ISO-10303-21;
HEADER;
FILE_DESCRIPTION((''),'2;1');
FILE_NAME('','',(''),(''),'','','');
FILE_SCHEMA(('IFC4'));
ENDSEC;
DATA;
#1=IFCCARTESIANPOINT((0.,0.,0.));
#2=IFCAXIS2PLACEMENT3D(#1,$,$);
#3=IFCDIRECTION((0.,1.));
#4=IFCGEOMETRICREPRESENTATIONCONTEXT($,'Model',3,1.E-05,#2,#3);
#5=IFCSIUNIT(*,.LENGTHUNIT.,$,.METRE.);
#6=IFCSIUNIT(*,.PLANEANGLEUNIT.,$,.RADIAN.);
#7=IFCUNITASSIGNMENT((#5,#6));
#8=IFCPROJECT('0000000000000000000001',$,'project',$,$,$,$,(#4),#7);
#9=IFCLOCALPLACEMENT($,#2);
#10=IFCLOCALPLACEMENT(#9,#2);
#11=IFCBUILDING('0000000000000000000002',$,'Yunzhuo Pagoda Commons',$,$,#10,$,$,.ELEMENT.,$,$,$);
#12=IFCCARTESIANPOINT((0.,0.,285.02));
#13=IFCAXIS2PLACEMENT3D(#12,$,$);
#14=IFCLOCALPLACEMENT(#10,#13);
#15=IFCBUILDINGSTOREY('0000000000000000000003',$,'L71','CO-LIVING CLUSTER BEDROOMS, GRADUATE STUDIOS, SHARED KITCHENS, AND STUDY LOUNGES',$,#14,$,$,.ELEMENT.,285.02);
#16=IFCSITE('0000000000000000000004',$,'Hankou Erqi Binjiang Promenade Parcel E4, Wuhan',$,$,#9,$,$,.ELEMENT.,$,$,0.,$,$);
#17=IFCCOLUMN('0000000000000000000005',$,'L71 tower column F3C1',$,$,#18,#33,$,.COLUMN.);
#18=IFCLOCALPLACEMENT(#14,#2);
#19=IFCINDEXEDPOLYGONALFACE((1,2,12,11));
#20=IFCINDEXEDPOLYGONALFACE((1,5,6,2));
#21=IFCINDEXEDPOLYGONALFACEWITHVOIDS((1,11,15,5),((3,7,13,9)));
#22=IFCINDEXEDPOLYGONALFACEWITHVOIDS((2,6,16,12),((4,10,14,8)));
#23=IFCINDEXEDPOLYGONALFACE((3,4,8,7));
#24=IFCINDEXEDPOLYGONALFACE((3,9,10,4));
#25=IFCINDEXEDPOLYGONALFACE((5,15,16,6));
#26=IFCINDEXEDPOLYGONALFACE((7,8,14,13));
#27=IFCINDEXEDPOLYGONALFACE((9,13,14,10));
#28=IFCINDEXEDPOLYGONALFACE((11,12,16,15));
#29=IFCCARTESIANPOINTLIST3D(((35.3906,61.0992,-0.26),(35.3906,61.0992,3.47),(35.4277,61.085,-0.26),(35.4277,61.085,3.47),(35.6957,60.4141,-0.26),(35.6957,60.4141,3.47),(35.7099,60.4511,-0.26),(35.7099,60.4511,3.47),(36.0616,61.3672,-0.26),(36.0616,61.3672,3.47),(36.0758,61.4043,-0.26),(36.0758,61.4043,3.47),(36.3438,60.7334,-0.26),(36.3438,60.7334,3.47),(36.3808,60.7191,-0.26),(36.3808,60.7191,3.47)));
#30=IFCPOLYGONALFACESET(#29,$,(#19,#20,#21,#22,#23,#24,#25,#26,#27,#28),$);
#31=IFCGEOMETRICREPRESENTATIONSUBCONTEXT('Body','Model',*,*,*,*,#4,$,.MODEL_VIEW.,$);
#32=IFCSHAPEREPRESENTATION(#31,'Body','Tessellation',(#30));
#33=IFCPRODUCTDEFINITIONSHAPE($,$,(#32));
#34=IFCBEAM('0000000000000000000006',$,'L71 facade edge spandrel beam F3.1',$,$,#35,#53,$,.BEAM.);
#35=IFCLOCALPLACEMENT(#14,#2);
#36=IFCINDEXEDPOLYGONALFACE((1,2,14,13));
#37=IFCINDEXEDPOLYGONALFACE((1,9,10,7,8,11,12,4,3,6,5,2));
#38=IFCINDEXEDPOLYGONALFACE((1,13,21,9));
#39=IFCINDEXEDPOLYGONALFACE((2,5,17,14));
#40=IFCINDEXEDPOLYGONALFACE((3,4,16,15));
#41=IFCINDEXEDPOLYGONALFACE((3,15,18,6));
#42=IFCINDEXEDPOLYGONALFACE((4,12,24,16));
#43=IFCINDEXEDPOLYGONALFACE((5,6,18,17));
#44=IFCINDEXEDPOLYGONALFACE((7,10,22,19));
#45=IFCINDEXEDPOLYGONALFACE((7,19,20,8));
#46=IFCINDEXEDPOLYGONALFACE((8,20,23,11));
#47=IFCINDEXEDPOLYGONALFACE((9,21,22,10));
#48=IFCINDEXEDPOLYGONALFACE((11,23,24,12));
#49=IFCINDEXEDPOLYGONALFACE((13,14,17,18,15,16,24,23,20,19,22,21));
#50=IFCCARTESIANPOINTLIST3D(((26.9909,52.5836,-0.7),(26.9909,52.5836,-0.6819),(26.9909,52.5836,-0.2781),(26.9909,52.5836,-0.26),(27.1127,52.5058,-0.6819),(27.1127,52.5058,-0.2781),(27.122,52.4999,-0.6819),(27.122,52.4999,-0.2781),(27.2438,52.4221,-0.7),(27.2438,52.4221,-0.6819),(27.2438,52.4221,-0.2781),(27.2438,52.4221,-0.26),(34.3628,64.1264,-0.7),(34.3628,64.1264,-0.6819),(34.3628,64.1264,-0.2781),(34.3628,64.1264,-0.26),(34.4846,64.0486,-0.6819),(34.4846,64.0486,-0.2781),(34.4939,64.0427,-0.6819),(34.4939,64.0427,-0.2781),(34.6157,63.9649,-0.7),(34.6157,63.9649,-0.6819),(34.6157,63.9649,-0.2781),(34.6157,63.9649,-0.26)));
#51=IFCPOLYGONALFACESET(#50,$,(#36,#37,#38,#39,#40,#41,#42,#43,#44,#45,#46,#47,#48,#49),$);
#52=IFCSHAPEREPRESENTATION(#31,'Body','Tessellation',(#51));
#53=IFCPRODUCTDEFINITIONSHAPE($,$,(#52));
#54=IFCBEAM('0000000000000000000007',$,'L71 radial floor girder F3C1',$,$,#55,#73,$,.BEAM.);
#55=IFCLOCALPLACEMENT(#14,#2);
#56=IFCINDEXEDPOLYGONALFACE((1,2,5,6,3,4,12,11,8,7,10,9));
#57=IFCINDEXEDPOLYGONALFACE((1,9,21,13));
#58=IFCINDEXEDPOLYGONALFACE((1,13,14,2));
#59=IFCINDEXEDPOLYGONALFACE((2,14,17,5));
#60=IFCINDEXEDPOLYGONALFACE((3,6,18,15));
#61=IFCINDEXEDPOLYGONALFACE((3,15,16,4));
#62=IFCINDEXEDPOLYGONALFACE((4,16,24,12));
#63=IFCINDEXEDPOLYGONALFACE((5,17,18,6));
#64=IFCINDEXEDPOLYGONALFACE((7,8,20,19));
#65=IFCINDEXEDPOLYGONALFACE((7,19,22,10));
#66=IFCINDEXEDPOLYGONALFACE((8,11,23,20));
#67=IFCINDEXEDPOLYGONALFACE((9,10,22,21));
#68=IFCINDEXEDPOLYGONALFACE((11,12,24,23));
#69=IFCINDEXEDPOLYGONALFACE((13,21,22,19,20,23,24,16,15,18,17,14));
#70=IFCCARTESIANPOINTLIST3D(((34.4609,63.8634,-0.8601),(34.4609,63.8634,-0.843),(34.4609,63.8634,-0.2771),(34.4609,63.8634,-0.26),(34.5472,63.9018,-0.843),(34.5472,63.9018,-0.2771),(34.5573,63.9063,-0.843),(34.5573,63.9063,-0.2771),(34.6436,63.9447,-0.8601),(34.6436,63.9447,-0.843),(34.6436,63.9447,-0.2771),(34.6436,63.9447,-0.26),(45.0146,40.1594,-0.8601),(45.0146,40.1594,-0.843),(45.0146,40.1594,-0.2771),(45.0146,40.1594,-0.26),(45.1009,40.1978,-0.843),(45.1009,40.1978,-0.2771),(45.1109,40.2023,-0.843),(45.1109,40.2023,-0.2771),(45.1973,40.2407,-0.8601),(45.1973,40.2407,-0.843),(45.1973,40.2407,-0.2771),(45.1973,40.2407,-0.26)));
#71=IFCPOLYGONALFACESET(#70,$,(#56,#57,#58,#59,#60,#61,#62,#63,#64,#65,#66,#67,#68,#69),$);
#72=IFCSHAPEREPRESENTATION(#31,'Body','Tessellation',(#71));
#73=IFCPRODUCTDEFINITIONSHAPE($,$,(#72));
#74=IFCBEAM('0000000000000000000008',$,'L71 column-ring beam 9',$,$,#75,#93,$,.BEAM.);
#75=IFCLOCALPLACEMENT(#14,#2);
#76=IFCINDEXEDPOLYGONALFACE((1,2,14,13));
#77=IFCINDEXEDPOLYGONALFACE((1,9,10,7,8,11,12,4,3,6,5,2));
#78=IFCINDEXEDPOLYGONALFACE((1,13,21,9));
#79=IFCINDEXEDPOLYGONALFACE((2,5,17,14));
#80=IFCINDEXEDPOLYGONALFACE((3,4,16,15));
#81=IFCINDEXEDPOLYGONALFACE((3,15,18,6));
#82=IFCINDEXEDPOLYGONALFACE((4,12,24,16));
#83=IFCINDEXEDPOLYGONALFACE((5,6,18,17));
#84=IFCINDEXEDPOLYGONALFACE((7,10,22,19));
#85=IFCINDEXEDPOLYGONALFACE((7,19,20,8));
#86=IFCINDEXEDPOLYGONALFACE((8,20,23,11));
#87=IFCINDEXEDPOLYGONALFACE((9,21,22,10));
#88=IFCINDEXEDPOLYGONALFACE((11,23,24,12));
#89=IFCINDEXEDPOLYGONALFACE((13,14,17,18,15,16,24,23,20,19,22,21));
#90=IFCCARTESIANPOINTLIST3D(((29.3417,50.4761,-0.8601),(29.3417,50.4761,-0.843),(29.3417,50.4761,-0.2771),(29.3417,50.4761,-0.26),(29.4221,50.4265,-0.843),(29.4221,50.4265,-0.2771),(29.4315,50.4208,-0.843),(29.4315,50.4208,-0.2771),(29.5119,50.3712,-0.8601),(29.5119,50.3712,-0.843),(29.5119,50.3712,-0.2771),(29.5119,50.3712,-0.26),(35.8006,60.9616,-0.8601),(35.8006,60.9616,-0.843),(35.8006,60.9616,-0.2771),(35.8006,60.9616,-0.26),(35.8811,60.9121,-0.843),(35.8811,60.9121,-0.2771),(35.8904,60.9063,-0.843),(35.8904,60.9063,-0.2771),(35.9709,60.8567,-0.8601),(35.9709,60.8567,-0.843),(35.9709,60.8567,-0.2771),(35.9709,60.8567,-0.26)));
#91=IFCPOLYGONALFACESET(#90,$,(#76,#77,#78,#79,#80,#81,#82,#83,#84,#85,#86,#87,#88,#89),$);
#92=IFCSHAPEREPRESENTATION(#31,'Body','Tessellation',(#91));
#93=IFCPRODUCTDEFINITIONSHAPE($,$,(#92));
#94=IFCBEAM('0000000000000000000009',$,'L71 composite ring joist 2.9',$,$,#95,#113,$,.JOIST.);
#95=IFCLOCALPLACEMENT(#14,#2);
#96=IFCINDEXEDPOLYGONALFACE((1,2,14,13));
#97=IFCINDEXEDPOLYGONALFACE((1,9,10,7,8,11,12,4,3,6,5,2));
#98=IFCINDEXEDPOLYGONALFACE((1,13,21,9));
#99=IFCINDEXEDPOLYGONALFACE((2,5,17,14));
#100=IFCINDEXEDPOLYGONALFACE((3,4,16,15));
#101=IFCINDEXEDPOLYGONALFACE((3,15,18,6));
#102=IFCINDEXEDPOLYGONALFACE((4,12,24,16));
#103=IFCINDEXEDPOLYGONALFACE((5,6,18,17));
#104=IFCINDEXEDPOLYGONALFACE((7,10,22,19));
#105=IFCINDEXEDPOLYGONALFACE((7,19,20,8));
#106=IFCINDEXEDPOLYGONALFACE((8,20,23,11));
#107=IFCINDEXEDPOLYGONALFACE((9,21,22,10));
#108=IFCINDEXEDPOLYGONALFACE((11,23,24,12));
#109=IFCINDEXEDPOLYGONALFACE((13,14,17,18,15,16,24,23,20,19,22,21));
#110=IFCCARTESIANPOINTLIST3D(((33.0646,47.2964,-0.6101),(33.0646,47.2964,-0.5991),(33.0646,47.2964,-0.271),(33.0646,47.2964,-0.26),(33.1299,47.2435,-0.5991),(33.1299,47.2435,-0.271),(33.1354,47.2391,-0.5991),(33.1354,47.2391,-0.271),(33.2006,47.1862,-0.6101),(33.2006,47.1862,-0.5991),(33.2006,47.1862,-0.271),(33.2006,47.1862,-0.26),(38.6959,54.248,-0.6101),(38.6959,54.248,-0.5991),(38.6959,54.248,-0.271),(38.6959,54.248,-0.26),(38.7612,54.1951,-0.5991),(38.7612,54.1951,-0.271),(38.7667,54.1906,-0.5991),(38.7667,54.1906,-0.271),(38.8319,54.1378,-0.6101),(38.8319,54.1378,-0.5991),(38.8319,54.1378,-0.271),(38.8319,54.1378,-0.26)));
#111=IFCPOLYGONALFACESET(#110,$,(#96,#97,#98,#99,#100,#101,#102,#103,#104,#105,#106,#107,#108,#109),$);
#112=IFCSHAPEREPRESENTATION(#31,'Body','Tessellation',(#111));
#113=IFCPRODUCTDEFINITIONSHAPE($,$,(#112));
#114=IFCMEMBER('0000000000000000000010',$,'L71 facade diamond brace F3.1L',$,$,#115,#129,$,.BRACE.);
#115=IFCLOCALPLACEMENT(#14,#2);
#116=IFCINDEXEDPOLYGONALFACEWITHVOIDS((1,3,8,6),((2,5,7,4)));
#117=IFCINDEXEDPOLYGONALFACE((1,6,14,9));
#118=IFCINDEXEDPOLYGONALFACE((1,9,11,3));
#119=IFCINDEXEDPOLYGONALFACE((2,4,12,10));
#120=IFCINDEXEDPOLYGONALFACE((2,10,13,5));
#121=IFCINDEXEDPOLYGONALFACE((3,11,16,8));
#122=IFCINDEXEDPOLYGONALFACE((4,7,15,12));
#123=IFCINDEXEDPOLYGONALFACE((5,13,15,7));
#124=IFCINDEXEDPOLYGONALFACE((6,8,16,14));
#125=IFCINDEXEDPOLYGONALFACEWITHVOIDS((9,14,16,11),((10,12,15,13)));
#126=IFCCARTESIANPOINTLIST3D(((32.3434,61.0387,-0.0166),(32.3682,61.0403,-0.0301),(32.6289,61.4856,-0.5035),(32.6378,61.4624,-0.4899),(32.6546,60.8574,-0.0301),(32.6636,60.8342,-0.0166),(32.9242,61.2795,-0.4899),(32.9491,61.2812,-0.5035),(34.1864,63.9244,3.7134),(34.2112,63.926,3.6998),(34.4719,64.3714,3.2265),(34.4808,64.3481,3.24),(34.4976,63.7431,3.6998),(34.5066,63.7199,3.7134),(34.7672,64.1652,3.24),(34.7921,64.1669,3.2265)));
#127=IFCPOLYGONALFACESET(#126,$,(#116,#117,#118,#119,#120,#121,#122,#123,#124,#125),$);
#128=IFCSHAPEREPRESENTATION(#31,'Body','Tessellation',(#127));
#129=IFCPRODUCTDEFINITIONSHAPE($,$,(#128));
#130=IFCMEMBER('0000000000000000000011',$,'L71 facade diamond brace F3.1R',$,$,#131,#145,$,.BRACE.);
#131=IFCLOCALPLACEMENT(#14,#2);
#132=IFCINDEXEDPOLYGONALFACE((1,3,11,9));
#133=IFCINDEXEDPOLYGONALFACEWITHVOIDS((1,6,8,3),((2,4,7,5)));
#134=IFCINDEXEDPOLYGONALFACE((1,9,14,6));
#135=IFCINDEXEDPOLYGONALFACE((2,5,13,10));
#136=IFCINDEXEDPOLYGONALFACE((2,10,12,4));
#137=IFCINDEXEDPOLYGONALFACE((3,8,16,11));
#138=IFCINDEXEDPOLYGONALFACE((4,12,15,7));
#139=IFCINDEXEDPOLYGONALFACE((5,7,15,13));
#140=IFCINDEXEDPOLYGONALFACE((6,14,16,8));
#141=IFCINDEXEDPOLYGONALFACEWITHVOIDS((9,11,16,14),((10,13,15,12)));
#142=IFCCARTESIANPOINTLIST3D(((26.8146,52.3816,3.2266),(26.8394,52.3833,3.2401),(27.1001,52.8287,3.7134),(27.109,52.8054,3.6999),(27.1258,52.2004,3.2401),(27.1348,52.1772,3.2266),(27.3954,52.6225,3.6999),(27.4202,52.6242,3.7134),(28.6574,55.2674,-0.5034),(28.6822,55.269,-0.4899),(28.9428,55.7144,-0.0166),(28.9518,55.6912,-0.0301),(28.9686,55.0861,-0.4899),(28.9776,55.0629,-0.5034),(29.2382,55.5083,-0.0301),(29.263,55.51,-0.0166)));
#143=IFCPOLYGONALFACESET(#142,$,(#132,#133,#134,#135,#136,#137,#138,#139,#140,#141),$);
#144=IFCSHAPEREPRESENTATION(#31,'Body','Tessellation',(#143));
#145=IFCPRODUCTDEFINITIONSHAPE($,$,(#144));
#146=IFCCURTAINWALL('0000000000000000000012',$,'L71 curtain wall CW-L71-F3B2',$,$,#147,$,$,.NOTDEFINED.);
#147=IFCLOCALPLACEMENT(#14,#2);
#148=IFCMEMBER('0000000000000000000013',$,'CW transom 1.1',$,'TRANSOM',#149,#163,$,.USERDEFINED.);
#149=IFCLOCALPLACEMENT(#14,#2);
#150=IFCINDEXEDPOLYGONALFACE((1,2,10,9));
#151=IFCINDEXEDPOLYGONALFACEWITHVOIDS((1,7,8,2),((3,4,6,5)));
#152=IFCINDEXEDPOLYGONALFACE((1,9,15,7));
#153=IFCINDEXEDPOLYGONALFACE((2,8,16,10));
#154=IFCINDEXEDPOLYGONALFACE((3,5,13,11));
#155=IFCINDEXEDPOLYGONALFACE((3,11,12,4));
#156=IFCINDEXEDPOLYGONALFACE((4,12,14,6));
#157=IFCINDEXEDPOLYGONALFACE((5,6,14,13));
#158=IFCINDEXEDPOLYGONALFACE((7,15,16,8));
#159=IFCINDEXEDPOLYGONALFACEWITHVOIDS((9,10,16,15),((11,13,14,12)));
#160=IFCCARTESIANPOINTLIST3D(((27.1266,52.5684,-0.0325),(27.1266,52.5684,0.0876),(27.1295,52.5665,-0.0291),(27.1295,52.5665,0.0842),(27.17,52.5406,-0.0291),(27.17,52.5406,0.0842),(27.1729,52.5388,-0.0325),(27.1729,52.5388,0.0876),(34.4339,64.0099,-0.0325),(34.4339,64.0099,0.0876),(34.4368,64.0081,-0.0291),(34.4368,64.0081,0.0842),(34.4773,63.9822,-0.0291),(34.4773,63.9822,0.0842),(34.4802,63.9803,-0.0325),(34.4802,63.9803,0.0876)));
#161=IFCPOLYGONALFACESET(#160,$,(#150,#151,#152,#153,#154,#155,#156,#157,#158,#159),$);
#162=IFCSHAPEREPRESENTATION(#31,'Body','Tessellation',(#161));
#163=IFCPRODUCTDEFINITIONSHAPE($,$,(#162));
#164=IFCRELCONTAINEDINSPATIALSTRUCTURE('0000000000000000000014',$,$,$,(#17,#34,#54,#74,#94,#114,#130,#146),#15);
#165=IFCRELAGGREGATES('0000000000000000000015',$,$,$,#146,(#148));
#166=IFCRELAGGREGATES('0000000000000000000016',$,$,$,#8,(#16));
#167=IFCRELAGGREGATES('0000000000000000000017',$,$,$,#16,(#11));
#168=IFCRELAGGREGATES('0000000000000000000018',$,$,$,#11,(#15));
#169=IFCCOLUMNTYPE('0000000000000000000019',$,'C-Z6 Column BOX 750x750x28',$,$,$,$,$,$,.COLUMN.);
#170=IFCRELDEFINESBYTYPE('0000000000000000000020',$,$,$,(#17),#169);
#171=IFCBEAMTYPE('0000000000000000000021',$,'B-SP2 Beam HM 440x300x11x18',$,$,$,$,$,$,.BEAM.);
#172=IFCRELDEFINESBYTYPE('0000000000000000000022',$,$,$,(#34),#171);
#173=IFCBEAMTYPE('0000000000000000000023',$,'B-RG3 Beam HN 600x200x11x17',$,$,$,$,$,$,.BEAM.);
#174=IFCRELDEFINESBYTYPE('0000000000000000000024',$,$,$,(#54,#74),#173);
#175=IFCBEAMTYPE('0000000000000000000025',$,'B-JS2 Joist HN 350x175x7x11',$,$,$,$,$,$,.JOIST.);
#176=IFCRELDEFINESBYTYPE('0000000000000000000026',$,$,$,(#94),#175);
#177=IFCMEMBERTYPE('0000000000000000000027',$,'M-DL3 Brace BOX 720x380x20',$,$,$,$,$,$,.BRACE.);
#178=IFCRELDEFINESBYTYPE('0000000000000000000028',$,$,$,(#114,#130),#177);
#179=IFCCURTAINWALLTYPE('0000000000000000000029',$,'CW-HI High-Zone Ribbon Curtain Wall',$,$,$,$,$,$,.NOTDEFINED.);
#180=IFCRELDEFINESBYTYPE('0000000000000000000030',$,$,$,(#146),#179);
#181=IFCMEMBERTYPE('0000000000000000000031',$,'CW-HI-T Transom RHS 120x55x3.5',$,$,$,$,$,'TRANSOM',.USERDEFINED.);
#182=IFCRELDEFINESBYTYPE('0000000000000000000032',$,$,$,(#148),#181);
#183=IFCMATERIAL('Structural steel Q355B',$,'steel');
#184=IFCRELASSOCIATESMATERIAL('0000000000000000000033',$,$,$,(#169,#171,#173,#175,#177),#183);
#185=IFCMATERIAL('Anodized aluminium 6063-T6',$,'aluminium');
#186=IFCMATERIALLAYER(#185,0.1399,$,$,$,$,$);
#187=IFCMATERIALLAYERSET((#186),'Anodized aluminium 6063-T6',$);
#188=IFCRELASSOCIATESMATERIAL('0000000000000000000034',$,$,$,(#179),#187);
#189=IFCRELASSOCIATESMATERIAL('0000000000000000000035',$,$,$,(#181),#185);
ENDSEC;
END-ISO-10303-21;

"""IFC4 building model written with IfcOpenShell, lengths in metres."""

from ifc_helpers import new_model, si_unit, direction, frame, origin, origin_2d, place, context, subcontext, project, spatial, hollow_rectangle, i_section, extrude, source, transform, mapped, material, layer, layer_set, material_profile, profile_set, type_object, element, aggregate, save


model = new_model("IFC4")

# Units and contexts
model_context = context("Model", 3, precision=1e-05, world=origin(), true_north=direction((0.0, 1.0)))
body_context = subcontext(model_context, "Body", "Model", "MODEL_VIEW")
ifc_project = project(units=[si_unit("LENGTHUNIT", "METRE"), si_unit("PLANEANGLEUNIT", "RADIAN")], contexts=[model_context])

# Site, building, storey
site_placement = place(None, origin())
site = spatial("IfcSite", under=ifc_project, at=site_placement, Name="Hankou Erqi Binjiang Promenade Parcel E4, Wuhan", CompositionType="ELEMENT", RefElevation=0.0)
building_placement = place(site_placement, origin())
building = spatial("IfcBuilding", under=site, at=building_placement, Name="Yunzhuo Pagoda Commons", CompositionType="ELEMENT")
storey_placement = place(building_placement, frame((0.0, 0.0, 285.02)))
storey = spatial("IfcBuildingStorey", under=building, at=storey_placement, Name="L71", Description="CO-LIVING CLUSTER BEDROOMS, GRADUATE STUDIOS, SHARED KITCHENS, AND STUDY LOUNGES", CompositionType="ELEMENT", Elevation=285.02)

# Column
ifc_material_1 = material(Name="Structural steel Q355B", Category="steel")
ifc_material_profile_1 = material_profile(ifc_material_1, hollow_rectangle(XDim=0.75, YDim=0.75, WallThickness=0.0281, at=origin_2d()), Name="Structural steel Q355B")
ifc_profile_set_1 = profile_set([ifc_material_profile_1], Name="Structural steel Q355B")
column_type = type_object("IfcColumnType", Name="C-Z6 Column BOX 750x750x28", PredefinedType="COLUMN", material=ifc_profile_set_1)
shared_shape_1 = source(origin(), body_context, "Body", "SweptSolid", [
    extrude(hollow_rectangle(XDim=0.75, YDim=0.75, WallThickness=0.0281, at=origin_2d()), origin(), (0.0, 0.0, 1.0), 3.73),
])
column_placement = place(storey_placement, frame((35.8857, 60.9092, -0.26), z_axis=(0.0, 0.0, 1.0), x_axis=(-0.913545, -0.406737, 0.0)))
element("IfcColumn", 1, at=column_placement, inside=storey, type_object=column_type, Name="L71 tower column F3C1", PredefinedType="COLUMN", context=body_context, shape_type="MappedRepresentation", body=[
    mapped(shared_shape_1, transform((0.0, 0.0, 0.0), scale=1.0)),
])

# Beams
ifc_material_profile_2 = material_profile(ifc_material_1, i_section(OverallWidth=0.3, OverallDepth=0.4399, WebThickness=0.011, FlangeThickness=0.0181, at=origin_2d()), Name="Structural steel Q355B")
ifc_profile_set_2 = profile_set([ifc_material_profile_2], Name="Structural steel Q355B")
beam_type_1 = type_object("IfcBeamType", Name="B-SP2 Beam HM 440x300x11x18", PredefinedType="BEAM", material=ifc_profile_set_2)
shared_shape_2 = source(origin(), body_context, "Body", "SweptSolid", [
    extrude(i_section(OverallWidth=0.3, OverallDepth=0.4399, WebThickness=0.011, FlangeThickness=0.0181, at=origin_2d()), origin(), (0.0, 0.0, 1.0), 13.696),
])
beam_1_placement = place(storey_placement, frame((34.4893, 64.0457, -0.48), z_axis=(-0.53825, -0.842785, 0.0), x_axis=(0.842785, -0.53825, 0.0)))
element("IfcBeam", 2, at=beam_1_placement, inside=storey, type_object=beam_type_1, Name="L71 facade edge spandrel beam F3.1", PredefinedType="BEAM", context=body_context, shape_type="MappedRepresentation", body=[
    mapped(shared_shape_2, transform((0.0, 0.0, 0.0), scale=1.0)),
])
ifc_material_profile_3 = material_profile(ifc_material_1, i_section(OverallWidth=0.2, OverallDepth=0.6001, WebThickness=0.011, FlangeThickness=0.0171, at=origin_2d()), Name="Structural steel Q355B")
ifc_profile_set_3 = profile_set([ifc_material_profile_3], Name="Structural steel Q355B")
beam_type_2 = type_object("IfcBeamType", Name="B-RG3 Beam HN 600x200x11x17", PredefinedType="BEAM", material=ifc_profile_set_3)
shared_shape_3 = source(origin(), body_context, "Body", "SweptSolid", [
    extrude(i_section(OverallWidth=0.2, OverallDepth=0.6001, WebThickness=0.011, FlangeThickness=0.0171, at=origin_2d()), origin(), (0.0, 0.0, 1.0), 25.9473),
])
beam_2_placement = place(storey_placement, frame((34.5522, 63.9041, -0.5601), z_axis=(0.406736, -0.913546, 0.0), x_axis=(0.913546, 0.406736, 0.0)))
element("IfcBeam", 3, at=beam_2_placement, inside=storey, type_object=beam_type_2, Name="L71 radial floor girder F3C1", PredefinedType="BEAM", context=body_context, shape_type="MappedRepresentation", body=[
    mapped(shared_shape_3, transform((0.0, 0.0, 0.0), scale=1.0)),
])
shared_shape_4 = source(origin(), body_context, "Body", "SweptSolid", [
    extrude(i_section(OverallWidth=0.2, OverallDepth=0.6001, WebThickness=0.011, FlangeThickness=0.0171, at=origin_2d()), origin(), (0.0, 0.0, 1.0), 12.3152),
])
beam_3_placement = place(storey_placement, frame((35.8857, 60.9092, -0.5601), z_axis=(-0.524469, -0.85143, 0.0), x_axis=(0.85143, -0.524469, 0.0)))
element("IfcBeam", 4, at=beam_3_placement, inside=storey, type_object=beam_type_2, Name="L71 column-ring beam 9", PredefinedType="BEAM", context=body_context, shape_type="MappedRepresentation", body=[
    mapped(shared_shape_4, transform((0.0, 0.0, 0.0), scale=1.0)),
])
ifc_material_profile_4 = material_profile(ifc_material_1, i_section(OverallWidth=0.175, OverallDepth=0.3501, WebThickness=0.0071, FlangeThickness=0.011, at=origin_2d()), Name="Structural steel Q355B")
ifc_profile_set_4 = profile_set([ifc_material_profile_4], Name="Structural steel Q355B")
beam_type_3 = type_object("IfcBeamType", Name="B-JS2 Joist HN 350x175x7x11", PredefinedType="JOIST", material=ifc_profile_set_4)
shared_shape_5 = source(origin(), body_context, "Body", "SweptSolid", [
    extrude(i_section(OverallWidth=0.175, OverallDepth=0.3501, WebThickness=0.0071, FlangeThickness=0.011, at=origin_2d()), origin(), (0.0, 0.0, 1.0), 8.9463),
])
beam_4_placement = place(storey_placement, frame((38.7639, 54.1929, -0.4351), z_axis=(-0.629456, -0.777036, 0.0), x_axis=(0.777036, -0.629456, 0.0)))
element("IfcBeam", 5, at=beam_4_placement, inside=storey, type_object=beam_type_3, Name="L71 composite ring joist 2.9", PredefinedType="JOIST", context=body_context, shape_type="MappedRepresentation", body=[
    mapped(shared_shape_5, transform((0.0, 0.0, 0.0), scale=1.0)),
])

# Members
ifc_material_profile_5 = material_profile(ifc_material_1, hollow_rectangle(XDim=0.3799, YDim=0.72, WallThickness=0.02, at=origin_2d()), Name="Structural steel Q355B")
ifc_profile_set_5 = profile_set([ifc_material_profile_5], Name="Structural steel Q355B")
member_type_1 = type_object("IfcMemberType", Name="M-DL3 Brace BOX 720x380x20", PredefinedType="BRACE", material=ifc_profile_set_5)
shared_shape_6 = source(origin(), body_context, "Body", "SweptSolid", [
    extrude(hollow_rectangle(XDim=0.3799, YDim=0.72, WallThickness=0.02, at=origin_2d()), origin(), (0.0, 0.0, 1.0), 5.0632),
])
for number, where, z_axis, x_axis, name in (
    (6, (32.6462, 61.1599, -0.26), (0.363996, 0.569933, 0.73667), (-0.842783, 0.538254, 0.0), "L71 facade diamond brace F3.1L"),
    (7, (28.9602, 55.3887, -0.26), (-0.363954, -0.569943, 0.736683), (0.842815, -0.538204, 0.0), "L71 facade diamond brace F3.1R"),
):
    element("IfcMember", number, at=place(storey_placement, frame(where, z_axis=z_axis, x_axis=x_axis)), inside=storey, type_object=member_type_1, Name=name, PredefinedType="BRACE", context=body_context, shape_type="MappedRepresentation", body=[
        mapped(shared_shape_6, transform((0.0, 0.0, 0.0), scale=1.0)),
    ])

# Curtain wall, member
ifc_material_2 = material(Name="Anodized aluminium 6063-T6", Category="aluminium")
ifc_layer_1 = layer(ifc_material_2, 0.1399)
ifc_layer_set_1 = layer_set([ifc_layer_1], Name="Anodized aluminium 6063-T6")
curtain_wall_type = type_object("IfcCurtainWallType", Name="CW-HI High-Zone Ribbon Curtain Wall", PredefinedType="NOTDEFINED", material=ifc_layer_set_1)
curtain_wall_1_placement = place(storey_placement, origin())
curtain_wall_1 = element("IfcCurtainWall", 8, at=curtain_wall_1_placement, inside=storey, type_object=curtain_wall_type, Name="L71 curtain wall CW-L71-F3B2", PredefinedType="NOTDEFINED")
ifc_material_profile_6 = material_profile(ifc_material_2, hollow_rectangle(XDim=0.0549, YDim=0.1201, WallThickness=0.0034, at=origin_2d()), Name="Anodized aluminium 6063-T6")
ifc_profile_set_6 = profile_set([ifc_material_profile_6], Name="Anodized aluminium 6063-T6")
member_type_2 = type_object("IfcMemberType", Name="CW-HI-T Transom RHS 120x55x3.5", ElementType="TRANSOM", PredefinedType="USERDEFINED", material=ifc_profile_set_6)
shared_shape_7 = source(origin(), body_context, "Body", "SweptSolid", [
    extrude(hollow_rectangle(XDim=0.0549, YDim=0.1201, WallThickness=0.0034, at=origin_2d()), origin(), (0.0, 0.0, 1.0), 13.5759),
])
member_1_placement = place(storey_placement, frame((34.457, 63.9951, 0.0276), z_axis=(-0.538255, -0.842782, 0.0), x_axis=(0.842782, -0.538255, 0.0)))
member_1 = element("IfcMember", 9, at=member_1_placement, type_object=member_type_2, Name="CW transom 1.1", ObjectType="TRANSOM", PredefinedType="USERDEFINED", context=body_context, shape_type="MappedRepresentation", body=[
    mapped(shared_shape_7, transform((0.0, 0.0, 0.0), scale=1.0)),
])

aggregate(curtain_wall_1, [member_1])

save(model, "model.ifc")
